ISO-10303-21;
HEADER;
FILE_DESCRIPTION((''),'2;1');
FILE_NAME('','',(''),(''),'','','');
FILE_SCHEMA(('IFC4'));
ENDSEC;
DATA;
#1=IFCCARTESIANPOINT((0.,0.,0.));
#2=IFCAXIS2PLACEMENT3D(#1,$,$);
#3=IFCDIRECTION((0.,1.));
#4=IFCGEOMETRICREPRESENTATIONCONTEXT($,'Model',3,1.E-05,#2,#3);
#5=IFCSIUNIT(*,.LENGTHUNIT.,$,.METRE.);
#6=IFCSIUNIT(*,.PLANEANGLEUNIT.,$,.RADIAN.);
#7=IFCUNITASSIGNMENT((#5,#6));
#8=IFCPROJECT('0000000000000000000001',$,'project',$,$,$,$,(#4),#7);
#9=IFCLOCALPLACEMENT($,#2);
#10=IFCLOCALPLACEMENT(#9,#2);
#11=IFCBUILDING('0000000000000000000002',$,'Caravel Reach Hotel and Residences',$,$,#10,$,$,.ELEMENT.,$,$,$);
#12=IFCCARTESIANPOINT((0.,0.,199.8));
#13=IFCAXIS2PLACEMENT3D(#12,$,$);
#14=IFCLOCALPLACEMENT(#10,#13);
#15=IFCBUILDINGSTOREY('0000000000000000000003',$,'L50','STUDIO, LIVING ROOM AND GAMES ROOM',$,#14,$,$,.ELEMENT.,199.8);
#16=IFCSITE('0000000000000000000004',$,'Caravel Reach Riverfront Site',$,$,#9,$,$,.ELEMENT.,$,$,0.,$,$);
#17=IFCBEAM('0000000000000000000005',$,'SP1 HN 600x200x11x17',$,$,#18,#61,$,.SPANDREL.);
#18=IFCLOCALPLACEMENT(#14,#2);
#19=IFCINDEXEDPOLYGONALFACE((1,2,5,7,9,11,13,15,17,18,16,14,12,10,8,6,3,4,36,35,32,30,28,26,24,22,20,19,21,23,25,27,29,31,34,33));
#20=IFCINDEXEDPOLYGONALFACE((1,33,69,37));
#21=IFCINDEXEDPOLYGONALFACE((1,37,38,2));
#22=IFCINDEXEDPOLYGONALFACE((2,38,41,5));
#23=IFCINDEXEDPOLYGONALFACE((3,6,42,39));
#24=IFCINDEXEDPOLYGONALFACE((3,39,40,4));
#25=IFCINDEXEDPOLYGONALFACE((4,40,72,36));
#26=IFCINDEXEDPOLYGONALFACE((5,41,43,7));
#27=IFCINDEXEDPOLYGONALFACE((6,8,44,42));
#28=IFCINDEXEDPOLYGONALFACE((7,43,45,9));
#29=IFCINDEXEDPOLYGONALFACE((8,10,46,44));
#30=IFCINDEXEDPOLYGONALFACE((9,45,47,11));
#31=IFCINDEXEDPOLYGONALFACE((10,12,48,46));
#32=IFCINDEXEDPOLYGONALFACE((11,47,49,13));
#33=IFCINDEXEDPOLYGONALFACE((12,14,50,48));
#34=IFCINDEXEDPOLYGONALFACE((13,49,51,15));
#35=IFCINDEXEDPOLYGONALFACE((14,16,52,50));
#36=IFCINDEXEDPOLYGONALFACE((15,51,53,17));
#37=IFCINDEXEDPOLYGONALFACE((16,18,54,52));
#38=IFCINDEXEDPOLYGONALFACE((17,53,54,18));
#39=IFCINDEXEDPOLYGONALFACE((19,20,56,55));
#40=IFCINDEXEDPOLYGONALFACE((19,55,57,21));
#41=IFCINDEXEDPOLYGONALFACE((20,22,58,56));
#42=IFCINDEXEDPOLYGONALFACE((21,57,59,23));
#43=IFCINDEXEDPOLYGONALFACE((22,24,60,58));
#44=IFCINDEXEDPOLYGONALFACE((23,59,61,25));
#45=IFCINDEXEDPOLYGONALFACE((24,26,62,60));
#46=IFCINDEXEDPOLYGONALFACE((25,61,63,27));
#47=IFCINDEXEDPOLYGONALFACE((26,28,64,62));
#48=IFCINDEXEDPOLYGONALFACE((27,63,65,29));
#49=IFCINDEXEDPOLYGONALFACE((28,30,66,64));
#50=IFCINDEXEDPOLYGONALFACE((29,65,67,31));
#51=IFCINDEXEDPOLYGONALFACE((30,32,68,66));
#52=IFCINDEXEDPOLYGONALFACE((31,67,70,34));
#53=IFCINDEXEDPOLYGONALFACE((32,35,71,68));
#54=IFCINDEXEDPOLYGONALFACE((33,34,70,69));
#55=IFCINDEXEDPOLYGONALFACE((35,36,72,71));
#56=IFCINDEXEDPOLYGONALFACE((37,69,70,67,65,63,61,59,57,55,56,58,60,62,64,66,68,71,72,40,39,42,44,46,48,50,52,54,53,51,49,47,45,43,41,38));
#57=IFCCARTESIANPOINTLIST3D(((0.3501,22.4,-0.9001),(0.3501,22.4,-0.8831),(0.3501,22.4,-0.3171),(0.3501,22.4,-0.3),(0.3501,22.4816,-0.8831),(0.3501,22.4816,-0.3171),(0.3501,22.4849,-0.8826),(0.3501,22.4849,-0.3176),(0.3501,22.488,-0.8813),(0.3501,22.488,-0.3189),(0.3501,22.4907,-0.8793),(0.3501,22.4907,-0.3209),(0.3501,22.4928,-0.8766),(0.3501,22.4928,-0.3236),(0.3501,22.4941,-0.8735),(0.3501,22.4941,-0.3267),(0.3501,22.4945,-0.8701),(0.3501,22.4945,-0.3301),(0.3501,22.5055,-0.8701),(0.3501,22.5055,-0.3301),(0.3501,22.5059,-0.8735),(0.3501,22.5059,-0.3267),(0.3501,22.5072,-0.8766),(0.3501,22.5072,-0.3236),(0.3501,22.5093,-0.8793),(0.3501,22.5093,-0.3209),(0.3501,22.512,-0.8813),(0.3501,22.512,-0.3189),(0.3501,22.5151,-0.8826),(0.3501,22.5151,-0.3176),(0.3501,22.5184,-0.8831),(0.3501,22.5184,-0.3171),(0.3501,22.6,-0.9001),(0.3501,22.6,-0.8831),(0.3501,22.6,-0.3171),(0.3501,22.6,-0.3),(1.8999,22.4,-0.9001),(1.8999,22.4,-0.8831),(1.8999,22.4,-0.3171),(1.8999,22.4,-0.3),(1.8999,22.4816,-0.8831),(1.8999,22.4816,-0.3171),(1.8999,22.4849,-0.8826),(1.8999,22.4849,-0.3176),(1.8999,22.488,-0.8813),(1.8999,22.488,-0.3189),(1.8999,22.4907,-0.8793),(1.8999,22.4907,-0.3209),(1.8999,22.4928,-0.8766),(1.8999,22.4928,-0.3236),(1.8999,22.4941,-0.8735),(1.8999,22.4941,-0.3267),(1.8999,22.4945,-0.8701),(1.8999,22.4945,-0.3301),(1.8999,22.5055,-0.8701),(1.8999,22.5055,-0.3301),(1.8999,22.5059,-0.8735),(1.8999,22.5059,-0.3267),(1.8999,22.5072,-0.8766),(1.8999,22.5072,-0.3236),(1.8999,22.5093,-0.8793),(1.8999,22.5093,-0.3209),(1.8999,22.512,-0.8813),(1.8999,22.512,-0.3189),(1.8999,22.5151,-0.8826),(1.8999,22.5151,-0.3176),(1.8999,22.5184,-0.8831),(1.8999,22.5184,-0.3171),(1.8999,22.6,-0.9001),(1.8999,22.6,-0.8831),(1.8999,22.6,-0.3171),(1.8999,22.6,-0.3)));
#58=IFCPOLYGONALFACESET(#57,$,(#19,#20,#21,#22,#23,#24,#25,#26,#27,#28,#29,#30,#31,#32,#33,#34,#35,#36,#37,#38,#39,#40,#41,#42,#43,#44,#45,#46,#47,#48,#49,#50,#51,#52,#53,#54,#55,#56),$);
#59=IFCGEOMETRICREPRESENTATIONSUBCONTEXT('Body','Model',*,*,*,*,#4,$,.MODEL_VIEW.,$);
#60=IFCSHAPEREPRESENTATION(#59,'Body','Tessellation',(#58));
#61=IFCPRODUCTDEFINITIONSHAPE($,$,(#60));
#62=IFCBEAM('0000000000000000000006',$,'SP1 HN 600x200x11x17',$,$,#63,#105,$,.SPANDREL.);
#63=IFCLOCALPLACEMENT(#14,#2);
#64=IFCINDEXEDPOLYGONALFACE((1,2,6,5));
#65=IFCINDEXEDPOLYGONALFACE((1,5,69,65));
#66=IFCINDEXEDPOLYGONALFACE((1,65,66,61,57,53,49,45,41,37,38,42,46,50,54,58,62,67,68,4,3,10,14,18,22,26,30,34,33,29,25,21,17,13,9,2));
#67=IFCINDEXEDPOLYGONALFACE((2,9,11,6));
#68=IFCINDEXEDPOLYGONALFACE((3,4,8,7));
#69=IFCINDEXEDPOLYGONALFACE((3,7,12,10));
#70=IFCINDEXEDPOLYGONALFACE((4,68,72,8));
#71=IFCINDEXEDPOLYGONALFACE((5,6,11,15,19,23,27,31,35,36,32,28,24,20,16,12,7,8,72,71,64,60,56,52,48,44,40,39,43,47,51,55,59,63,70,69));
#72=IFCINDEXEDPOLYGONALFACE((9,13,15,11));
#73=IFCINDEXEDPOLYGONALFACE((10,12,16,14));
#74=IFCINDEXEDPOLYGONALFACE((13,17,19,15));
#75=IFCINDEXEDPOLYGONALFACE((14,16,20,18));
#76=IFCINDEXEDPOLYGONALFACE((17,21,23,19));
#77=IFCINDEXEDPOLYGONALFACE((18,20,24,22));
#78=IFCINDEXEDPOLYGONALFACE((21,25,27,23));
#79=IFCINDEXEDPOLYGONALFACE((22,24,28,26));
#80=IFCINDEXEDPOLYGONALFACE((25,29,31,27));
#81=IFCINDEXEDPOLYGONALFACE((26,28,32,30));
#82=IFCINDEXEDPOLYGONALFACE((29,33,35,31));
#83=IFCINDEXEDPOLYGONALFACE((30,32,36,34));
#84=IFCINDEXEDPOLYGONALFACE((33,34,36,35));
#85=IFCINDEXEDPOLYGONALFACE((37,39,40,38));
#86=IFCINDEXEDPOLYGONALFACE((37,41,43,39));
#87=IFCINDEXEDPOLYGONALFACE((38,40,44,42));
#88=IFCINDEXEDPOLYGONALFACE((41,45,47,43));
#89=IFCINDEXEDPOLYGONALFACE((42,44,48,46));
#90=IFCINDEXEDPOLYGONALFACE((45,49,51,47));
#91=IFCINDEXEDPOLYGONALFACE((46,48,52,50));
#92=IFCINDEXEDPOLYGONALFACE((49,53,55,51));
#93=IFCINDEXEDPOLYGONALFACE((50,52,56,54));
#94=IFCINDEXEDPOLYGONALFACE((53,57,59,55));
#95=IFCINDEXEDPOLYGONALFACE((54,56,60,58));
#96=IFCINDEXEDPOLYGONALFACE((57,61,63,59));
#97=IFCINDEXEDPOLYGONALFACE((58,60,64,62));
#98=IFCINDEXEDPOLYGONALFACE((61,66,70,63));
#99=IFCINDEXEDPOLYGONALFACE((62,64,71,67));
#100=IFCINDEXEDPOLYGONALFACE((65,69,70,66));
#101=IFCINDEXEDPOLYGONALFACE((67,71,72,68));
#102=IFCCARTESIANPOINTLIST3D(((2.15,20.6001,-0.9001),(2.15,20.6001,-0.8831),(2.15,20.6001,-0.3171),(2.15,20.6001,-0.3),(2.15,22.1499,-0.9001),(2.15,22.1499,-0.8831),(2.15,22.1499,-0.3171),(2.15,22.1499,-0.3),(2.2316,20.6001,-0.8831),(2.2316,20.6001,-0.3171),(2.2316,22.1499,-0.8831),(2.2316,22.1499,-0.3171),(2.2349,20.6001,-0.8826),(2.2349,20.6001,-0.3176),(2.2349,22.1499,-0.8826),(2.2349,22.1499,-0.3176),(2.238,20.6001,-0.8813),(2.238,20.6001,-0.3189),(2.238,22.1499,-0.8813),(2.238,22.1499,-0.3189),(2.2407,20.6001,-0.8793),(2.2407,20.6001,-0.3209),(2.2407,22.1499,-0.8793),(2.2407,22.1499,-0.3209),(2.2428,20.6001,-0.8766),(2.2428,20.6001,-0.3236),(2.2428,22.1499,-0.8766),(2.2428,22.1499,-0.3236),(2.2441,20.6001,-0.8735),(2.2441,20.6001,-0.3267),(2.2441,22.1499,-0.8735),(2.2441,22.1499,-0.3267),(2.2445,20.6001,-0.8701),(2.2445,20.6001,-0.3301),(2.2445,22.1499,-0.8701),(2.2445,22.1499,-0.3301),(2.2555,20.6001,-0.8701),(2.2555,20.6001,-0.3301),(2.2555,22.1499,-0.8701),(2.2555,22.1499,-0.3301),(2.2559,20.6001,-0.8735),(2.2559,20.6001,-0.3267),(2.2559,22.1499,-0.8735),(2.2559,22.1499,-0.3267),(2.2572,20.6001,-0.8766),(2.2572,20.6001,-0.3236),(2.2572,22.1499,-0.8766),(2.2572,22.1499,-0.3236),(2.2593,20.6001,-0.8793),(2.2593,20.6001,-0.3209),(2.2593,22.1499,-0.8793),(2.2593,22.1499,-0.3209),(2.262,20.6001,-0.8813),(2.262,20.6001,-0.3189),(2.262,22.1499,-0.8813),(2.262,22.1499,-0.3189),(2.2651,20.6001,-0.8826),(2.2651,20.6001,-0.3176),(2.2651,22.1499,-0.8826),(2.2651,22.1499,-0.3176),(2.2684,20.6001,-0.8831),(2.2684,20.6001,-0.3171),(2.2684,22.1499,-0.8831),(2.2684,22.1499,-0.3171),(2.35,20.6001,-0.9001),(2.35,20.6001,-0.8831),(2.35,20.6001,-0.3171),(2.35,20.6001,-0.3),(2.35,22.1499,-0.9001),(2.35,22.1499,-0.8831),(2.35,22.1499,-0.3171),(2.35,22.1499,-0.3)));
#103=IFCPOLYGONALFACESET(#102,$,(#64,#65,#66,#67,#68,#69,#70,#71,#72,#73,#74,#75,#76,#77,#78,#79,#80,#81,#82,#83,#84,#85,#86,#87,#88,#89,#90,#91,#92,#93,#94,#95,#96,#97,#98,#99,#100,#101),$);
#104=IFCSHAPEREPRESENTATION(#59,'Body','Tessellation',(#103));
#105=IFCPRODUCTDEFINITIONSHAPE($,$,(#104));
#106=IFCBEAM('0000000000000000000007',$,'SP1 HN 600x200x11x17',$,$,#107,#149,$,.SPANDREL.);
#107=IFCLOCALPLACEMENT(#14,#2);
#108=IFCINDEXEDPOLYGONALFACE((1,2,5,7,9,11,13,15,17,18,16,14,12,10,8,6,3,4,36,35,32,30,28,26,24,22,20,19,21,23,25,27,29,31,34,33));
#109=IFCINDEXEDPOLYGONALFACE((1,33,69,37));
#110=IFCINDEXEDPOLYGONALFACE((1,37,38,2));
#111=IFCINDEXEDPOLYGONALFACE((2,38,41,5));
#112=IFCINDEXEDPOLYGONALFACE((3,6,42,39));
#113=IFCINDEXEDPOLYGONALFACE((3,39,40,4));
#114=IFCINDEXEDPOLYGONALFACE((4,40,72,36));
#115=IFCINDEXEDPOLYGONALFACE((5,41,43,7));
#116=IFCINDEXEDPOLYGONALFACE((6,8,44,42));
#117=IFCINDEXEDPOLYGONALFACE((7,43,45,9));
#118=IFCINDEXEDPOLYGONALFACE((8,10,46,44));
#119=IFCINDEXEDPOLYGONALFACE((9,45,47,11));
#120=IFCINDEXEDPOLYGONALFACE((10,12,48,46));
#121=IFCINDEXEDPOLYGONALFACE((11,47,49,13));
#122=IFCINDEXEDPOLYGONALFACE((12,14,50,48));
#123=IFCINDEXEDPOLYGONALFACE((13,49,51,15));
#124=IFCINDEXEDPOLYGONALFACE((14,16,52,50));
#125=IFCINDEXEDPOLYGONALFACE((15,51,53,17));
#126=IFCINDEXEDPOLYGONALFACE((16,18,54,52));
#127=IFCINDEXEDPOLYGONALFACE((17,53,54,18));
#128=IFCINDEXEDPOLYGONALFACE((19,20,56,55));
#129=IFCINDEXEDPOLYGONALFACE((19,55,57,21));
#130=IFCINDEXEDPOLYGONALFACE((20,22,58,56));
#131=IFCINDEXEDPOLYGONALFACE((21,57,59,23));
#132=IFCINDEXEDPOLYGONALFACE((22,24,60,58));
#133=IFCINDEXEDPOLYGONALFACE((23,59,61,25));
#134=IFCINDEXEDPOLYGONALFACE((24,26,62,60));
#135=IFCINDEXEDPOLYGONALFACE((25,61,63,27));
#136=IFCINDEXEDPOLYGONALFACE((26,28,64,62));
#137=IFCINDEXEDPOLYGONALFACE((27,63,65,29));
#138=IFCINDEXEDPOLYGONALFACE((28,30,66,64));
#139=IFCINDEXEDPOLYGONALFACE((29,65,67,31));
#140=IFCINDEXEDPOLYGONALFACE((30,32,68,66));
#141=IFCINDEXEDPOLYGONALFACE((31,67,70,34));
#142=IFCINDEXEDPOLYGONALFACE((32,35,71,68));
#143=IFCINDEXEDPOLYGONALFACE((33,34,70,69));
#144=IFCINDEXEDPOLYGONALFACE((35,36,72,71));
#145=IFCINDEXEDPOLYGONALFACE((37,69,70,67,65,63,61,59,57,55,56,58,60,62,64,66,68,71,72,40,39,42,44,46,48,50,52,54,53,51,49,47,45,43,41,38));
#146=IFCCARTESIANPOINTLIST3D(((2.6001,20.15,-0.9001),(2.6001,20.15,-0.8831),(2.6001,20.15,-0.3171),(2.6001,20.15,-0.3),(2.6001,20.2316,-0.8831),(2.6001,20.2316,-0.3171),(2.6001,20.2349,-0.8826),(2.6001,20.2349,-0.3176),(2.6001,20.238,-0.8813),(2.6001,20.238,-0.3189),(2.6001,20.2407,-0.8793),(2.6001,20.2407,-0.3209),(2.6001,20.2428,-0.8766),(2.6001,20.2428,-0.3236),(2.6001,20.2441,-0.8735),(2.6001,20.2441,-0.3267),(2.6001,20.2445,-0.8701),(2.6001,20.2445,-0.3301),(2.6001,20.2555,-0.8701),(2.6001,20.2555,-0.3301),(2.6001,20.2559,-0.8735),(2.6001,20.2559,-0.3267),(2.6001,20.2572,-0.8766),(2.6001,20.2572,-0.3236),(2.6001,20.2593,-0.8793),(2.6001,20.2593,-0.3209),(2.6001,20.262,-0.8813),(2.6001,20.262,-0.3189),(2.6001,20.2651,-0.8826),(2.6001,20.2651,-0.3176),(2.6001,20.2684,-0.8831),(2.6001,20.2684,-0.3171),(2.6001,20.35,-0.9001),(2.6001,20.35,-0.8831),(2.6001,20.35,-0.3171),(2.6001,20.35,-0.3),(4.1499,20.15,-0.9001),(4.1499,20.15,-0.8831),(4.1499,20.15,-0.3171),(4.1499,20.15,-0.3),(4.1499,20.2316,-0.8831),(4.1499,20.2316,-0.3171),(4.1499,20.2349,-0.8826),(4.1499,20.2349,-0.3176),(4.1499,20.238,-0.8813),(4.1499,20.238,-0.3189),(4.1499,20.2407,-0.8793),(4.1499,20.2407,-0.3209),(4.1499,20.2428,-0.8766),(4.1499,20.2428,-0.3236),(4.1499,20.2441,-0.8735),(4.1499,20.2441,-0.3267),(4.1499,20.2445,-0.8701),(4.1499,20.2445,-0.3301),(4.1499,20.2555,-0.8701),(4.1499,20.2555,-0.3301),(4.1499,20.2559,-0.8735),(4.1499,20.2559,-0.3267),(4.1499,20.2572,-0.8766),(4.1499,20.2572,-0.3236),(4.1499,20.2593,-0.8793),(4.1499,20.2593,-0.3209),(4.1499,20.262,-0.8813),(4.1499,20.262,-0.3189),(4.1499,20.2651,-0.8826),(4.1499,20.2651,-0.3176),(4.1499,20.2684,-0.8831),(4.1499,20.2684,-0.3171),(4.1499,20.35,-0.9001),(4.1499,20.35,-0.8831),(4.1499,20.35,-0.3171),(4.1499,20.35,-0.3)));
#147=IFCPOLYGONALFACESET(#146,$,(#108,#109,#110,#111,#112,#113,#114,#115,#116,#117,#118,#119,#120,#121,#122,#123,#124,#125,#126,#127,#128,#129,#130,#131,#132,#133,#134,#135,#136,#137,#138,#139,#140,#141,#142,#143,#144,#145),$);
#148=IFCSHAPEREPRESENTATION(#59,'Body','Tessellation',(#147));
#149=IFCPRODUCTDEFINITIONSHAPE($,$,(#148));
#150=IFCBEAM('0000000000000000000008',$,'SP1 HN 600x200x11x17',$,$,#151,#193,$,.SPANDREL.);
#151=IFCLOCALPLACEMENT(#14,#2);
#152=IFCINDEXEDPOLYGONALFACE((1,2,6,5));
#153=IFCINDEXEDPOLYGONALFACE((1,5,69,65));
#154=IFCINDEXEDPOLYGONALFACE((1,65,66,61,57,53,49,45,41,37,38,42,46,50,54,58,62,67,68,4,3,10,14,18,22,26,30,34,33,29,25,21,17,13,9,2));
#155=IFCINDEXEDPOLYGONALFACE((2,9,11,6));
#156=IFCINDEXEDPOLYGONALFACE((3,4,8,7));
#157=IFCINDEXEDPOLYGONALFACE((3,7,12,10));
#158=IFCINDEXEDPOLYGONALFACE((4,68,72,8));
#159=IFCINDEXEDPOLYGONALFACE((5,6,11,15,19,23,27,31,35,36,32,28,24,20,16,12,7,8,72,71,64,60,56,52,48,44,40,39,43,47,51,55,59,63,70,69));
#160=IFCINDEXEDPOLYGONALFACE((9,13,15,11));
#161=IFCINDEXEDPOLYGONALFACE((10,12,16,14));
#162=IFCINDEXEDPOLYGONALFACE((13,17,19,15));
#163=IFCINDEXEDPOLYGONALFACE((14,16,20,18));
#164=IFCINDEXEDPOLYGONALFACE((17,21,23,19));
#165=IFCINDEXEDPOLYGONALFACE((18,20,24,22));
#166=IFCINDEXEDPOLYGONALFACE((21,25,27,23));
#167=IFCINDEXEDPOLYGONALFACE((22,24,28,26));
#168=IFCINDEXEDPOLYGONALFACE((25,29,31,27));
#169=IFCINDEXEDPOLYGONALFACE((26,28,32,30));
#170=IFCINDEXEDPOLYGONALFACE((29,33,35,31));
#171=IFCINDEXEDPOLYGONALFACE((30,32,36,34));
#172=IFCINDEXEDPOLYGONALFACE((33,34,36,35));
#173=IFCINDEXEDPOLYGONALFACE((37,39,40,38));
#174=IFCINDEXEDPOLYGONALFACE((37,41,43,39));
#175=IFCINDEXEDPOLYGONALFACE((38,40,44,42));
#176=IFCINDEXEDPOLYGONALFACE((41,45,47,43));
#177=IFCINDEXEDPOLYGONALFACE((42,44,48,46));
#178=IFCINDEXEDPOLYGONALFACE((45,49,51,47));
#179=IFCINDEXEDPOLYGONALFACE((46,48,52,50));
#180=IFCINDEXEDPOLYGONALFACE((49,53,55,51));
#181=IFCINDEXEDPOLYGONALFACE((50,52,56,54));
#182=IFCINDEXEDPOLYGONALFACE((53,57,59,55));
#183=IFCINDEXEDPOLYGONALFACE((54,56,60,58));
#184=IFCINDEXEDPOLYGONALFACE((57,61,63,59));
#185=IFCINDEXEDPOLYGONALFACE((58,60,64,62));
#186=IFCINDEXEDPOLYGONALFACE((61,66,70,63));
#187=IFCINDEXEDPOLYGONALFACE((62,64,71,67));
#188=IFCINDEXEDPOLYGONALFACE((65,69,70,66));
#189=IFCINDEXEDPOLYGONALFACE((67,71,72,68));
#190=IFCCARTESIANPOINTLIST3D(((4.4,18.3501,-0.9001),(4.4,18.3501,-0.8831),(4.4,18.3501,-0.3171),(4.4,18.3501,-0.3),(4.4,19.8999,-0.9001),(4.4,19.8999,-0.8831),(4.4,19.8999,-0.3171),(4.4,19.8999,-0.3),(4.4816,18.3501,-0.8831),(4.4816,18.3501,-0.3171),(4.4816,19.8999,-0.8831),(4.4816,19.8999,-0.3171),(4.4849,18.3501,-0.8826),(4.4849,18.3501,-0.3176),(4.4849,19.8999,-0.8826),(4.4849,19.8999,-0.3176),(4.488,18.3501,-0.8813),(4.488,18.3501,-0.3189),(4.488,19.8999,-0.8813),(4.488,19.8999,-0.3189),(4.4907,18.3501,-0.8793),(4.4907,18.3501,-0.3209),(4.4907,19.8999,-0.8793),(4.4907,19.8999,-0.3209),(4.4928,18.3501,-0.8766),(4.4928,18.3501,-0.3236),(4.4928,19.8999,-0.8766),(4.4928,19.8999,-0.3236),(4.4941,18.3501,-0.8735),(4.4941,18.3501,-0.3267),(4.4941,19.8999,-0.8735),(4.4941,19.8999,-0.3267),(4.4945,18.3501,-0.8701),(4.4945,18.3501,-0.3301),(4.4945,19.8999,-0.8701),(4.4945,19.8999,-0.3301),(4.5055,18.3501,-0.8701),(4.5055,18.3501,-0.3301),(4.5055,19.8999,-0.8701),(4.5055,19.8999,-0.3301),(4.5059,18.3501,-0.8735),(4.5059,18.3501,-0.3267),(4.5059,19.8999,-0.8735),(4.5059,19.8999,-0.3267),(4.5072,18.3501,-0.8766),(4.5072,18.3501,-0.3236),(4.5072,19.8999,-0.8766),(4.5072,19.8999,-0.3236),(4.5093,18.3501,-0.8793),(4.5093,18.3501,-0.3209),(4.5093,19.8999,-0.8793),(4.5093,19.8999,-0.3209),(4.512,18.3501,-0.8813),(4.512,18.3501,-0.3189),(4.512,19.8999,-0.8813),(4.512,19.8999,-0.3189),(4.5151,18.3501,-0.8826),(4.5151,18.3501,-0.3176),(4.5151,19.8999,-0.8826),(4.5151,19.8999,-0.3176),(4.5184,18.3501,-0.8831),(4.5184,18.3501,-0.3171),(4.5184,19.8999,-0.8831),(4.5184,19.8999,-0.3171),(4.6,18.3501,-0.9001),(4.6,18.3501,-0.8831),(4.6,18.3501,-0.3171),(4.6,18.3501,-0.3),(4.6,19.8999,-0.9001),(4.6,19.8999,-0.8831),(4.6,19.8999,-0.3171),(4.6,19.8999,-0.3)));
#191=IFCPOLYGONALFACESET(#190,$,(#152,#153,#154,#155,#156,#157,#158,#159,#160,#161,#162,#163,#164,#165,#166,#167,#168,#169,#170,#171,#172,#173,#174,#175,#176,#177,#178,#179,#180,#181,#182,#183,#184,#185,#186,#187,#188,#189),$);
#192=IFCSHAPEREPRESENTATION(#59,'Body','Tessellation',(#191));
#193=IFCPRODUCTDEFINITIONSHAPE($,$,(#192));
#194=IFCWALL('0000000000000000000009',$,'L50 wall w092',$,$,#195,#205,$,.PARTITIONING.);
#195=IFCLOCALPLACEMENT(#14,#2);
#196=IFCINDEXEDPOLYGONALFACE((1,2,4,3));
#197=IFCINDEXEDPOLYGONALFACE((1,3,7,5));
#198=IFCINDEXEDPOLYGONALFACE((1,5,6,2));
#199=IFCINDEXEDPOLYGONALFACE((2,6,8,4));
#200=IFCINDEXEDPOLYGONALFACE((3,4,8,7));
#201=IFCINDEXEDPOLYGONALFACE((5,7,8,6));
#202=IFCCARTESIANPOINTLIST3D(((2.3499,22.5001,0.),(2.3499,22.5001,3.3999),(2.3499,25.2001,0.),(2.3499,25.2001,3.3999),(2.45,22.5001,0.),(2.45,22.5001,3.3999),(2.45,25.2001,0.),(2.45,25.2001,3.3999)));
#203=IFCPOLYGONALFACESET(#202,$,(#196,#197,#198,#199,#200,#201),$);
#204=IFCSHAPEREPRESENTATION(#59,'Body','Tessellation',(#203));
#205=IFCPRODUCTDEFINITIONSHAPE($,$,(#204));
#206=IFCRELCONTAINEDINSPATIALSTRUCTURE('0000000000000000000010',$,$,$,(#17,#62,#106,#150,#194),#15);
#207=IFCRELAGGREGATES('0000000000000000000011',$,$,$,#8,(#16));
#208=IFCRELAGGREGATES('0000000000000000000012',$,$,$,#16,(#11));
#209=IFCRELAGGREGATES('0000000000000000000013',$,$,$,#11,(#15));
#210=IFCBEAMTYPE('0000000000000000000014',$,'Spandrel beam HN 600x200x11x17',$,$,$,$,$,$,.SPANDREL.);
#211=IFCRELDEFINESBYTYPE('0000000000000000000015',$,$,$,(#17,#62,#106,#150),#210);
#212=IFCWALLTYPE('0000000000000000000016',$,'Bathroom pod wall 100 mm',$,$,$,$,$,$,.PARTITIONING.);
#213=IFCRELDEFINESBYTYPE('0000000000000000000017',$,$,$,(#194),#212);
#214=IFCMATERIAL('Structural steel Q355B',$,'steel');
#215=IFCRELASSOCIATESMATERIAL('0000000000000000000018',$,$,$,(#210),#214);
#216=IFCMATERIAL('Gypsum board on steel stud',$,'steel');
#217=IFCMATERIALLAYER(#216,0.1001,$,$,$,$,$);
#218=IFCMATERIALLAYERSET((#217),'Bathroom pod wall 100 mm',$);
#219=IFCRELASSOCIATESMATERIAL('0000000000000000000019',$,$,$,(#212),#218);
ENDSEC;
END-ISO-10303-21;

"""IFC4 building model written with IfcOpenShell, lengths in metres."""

from ifc_helpers import new_model, si_unit, direction, frame, frame_2d, origin, origin_2d, place, context, subcontext, project, spatial, rectangle, i_section, extrude, material, layer, layer_set, material_profile, profile_set, type_object, element, save


model = new_model("IFC4")

# Units and contexts
model_context = context("Model", 3, precision=1e-05, world=origin(), true_north=direction((0.0, 1.0)))
body_context = subcontext(model_context, "Body", "Model", "MODEL_VIEW")
ifc_project = project(units=[si_unit("LENGTHUNIT", "METRE"), si_unit("PLANEANGLEUNIT", "RADIAN")], contexts=[model_context])

# Site, building, storey
site_placement = place(None, origin())
site = spatial("IfcSite", under=ifc_project, at=site_placement, Name="Caravel Reach Riverfront Site", CompositionType="ELEMENT", RefElevation=0.0)
building_placement = place(site_placement, origin())
building = spatial("IfcBuilding", under=site, at=building_placement, Name="Caravel Reach Hotel and Residences", CompositionType="ELEMENT")
storey_placement = place(building_placement, frame((0.0, 0.0, 199.8)))
storey = spatial("IfcBuildingStorey", under=building, at=storey_placement, Name="L50", Description="STUDIO, LIVING ROOM AND GAMES ROOM", CompositionType="ELEMENT", Elevation=199.8)

# Beams
ifc_material_1 = material(Name="Structural steel Q355B", Category="steel")
ifc_material_profile_1 = material_profile(ifc_material_1, i_section(OverallWidth=0.2, OverallDepth=0.6001, WebThickness=0.011, FlangeThickness=0.0171, FilletRadius=0.0129, at=origin_2d()), Name="HN 600x200x11x17")
ifc_profile_set_1 = profile_set([ifc_material_profile_1], Name="Structural steel Q355B")
beam_type_1 = type_object("IfcBeamType", Name="Spandrel beam HN 600x200x11x17", PredefinedType="SPANDREL", material=ifc_profile_set_1)
for number, where, z_axis, x_axis, name in (
    (1, (0.3501, 22.5, -0.6001), (1.0, 0.0, 0.0), (0.0, 1.0, 0.0), "SP1 HN 600x200x11x17"),
    (2, (2.25, 22.1499, -0.6001), (0.0, -1.0, 0.0), (1.0, 0.0, 0.0), "SP1 HN 600x200x11x17"),
    (3, (2.6001, 20.25, -0.6001), (1.0, 0.0, 0.0), (0.0, 1.0, 0.0), "SP1 HN 600x200x11x17"),
    (4, (4.5, 19.8999, -0.6001), (0.0, -1.0, 0.0), (1.0, 0.0, 0.0), "SP1 HN 600x200x11x17"),
):
    element("IfcBeam", number, at=place(storey_placement, frame(where, z_axis=z_axis, x_axis=x_axis)), inside=storey, type_object=beam_type_1, Name=name, PredefinedType="SPANDREL", context=body_context, shape_type="SweptSolid", body=[
        extrude(i_section(OverallWidth=0.2, OverallDepth=0.6001, WebThickness=0.011, FlangeThickness=0.0171, FilletRadius=0.0129, at=origin_2d()), origin(), (0.0, 0.0, 1.0), 1.5498),
    ])

# Wall
ifc_material_2 = material(Name="Gypsum board on steel stud", Category="steel")
ifc_layer_1 = layer(ifc_material_2, 0.1001)
ifc_layer_set_1 = layer_set([ifc_layer_1], Name="Bathroom pod wall 100 mm")
wall_type_1 = type_object("IfcWallType", Name="Bathroom pod wall 100 mm", PredefinedType="PARTITIONING", material=ifc_layer_set_1)
wall_1_placement = place(storey_placement, frame((2.3999, 22.5, 0.0), z_axis=(0.0, 0.0, 1.0), x_axis=(0.0, 1.0, 0.0)))
element("IfcWall", 5, at=wall_1_placement, inside=storey, type_object=wall_type_1, Name="L50 wall w092", PredefinedType="PARTITIONING", context=body_context, shape_type="SweptSolid", body=[
    extrude(rectangle(XDim=2.7, YDim=0.1001, at=frame_2d((1.3501, 0.0))), origin(), (0.0, 0.0, 1.0), 3.3999),
])

save(model, "model.ifc")
